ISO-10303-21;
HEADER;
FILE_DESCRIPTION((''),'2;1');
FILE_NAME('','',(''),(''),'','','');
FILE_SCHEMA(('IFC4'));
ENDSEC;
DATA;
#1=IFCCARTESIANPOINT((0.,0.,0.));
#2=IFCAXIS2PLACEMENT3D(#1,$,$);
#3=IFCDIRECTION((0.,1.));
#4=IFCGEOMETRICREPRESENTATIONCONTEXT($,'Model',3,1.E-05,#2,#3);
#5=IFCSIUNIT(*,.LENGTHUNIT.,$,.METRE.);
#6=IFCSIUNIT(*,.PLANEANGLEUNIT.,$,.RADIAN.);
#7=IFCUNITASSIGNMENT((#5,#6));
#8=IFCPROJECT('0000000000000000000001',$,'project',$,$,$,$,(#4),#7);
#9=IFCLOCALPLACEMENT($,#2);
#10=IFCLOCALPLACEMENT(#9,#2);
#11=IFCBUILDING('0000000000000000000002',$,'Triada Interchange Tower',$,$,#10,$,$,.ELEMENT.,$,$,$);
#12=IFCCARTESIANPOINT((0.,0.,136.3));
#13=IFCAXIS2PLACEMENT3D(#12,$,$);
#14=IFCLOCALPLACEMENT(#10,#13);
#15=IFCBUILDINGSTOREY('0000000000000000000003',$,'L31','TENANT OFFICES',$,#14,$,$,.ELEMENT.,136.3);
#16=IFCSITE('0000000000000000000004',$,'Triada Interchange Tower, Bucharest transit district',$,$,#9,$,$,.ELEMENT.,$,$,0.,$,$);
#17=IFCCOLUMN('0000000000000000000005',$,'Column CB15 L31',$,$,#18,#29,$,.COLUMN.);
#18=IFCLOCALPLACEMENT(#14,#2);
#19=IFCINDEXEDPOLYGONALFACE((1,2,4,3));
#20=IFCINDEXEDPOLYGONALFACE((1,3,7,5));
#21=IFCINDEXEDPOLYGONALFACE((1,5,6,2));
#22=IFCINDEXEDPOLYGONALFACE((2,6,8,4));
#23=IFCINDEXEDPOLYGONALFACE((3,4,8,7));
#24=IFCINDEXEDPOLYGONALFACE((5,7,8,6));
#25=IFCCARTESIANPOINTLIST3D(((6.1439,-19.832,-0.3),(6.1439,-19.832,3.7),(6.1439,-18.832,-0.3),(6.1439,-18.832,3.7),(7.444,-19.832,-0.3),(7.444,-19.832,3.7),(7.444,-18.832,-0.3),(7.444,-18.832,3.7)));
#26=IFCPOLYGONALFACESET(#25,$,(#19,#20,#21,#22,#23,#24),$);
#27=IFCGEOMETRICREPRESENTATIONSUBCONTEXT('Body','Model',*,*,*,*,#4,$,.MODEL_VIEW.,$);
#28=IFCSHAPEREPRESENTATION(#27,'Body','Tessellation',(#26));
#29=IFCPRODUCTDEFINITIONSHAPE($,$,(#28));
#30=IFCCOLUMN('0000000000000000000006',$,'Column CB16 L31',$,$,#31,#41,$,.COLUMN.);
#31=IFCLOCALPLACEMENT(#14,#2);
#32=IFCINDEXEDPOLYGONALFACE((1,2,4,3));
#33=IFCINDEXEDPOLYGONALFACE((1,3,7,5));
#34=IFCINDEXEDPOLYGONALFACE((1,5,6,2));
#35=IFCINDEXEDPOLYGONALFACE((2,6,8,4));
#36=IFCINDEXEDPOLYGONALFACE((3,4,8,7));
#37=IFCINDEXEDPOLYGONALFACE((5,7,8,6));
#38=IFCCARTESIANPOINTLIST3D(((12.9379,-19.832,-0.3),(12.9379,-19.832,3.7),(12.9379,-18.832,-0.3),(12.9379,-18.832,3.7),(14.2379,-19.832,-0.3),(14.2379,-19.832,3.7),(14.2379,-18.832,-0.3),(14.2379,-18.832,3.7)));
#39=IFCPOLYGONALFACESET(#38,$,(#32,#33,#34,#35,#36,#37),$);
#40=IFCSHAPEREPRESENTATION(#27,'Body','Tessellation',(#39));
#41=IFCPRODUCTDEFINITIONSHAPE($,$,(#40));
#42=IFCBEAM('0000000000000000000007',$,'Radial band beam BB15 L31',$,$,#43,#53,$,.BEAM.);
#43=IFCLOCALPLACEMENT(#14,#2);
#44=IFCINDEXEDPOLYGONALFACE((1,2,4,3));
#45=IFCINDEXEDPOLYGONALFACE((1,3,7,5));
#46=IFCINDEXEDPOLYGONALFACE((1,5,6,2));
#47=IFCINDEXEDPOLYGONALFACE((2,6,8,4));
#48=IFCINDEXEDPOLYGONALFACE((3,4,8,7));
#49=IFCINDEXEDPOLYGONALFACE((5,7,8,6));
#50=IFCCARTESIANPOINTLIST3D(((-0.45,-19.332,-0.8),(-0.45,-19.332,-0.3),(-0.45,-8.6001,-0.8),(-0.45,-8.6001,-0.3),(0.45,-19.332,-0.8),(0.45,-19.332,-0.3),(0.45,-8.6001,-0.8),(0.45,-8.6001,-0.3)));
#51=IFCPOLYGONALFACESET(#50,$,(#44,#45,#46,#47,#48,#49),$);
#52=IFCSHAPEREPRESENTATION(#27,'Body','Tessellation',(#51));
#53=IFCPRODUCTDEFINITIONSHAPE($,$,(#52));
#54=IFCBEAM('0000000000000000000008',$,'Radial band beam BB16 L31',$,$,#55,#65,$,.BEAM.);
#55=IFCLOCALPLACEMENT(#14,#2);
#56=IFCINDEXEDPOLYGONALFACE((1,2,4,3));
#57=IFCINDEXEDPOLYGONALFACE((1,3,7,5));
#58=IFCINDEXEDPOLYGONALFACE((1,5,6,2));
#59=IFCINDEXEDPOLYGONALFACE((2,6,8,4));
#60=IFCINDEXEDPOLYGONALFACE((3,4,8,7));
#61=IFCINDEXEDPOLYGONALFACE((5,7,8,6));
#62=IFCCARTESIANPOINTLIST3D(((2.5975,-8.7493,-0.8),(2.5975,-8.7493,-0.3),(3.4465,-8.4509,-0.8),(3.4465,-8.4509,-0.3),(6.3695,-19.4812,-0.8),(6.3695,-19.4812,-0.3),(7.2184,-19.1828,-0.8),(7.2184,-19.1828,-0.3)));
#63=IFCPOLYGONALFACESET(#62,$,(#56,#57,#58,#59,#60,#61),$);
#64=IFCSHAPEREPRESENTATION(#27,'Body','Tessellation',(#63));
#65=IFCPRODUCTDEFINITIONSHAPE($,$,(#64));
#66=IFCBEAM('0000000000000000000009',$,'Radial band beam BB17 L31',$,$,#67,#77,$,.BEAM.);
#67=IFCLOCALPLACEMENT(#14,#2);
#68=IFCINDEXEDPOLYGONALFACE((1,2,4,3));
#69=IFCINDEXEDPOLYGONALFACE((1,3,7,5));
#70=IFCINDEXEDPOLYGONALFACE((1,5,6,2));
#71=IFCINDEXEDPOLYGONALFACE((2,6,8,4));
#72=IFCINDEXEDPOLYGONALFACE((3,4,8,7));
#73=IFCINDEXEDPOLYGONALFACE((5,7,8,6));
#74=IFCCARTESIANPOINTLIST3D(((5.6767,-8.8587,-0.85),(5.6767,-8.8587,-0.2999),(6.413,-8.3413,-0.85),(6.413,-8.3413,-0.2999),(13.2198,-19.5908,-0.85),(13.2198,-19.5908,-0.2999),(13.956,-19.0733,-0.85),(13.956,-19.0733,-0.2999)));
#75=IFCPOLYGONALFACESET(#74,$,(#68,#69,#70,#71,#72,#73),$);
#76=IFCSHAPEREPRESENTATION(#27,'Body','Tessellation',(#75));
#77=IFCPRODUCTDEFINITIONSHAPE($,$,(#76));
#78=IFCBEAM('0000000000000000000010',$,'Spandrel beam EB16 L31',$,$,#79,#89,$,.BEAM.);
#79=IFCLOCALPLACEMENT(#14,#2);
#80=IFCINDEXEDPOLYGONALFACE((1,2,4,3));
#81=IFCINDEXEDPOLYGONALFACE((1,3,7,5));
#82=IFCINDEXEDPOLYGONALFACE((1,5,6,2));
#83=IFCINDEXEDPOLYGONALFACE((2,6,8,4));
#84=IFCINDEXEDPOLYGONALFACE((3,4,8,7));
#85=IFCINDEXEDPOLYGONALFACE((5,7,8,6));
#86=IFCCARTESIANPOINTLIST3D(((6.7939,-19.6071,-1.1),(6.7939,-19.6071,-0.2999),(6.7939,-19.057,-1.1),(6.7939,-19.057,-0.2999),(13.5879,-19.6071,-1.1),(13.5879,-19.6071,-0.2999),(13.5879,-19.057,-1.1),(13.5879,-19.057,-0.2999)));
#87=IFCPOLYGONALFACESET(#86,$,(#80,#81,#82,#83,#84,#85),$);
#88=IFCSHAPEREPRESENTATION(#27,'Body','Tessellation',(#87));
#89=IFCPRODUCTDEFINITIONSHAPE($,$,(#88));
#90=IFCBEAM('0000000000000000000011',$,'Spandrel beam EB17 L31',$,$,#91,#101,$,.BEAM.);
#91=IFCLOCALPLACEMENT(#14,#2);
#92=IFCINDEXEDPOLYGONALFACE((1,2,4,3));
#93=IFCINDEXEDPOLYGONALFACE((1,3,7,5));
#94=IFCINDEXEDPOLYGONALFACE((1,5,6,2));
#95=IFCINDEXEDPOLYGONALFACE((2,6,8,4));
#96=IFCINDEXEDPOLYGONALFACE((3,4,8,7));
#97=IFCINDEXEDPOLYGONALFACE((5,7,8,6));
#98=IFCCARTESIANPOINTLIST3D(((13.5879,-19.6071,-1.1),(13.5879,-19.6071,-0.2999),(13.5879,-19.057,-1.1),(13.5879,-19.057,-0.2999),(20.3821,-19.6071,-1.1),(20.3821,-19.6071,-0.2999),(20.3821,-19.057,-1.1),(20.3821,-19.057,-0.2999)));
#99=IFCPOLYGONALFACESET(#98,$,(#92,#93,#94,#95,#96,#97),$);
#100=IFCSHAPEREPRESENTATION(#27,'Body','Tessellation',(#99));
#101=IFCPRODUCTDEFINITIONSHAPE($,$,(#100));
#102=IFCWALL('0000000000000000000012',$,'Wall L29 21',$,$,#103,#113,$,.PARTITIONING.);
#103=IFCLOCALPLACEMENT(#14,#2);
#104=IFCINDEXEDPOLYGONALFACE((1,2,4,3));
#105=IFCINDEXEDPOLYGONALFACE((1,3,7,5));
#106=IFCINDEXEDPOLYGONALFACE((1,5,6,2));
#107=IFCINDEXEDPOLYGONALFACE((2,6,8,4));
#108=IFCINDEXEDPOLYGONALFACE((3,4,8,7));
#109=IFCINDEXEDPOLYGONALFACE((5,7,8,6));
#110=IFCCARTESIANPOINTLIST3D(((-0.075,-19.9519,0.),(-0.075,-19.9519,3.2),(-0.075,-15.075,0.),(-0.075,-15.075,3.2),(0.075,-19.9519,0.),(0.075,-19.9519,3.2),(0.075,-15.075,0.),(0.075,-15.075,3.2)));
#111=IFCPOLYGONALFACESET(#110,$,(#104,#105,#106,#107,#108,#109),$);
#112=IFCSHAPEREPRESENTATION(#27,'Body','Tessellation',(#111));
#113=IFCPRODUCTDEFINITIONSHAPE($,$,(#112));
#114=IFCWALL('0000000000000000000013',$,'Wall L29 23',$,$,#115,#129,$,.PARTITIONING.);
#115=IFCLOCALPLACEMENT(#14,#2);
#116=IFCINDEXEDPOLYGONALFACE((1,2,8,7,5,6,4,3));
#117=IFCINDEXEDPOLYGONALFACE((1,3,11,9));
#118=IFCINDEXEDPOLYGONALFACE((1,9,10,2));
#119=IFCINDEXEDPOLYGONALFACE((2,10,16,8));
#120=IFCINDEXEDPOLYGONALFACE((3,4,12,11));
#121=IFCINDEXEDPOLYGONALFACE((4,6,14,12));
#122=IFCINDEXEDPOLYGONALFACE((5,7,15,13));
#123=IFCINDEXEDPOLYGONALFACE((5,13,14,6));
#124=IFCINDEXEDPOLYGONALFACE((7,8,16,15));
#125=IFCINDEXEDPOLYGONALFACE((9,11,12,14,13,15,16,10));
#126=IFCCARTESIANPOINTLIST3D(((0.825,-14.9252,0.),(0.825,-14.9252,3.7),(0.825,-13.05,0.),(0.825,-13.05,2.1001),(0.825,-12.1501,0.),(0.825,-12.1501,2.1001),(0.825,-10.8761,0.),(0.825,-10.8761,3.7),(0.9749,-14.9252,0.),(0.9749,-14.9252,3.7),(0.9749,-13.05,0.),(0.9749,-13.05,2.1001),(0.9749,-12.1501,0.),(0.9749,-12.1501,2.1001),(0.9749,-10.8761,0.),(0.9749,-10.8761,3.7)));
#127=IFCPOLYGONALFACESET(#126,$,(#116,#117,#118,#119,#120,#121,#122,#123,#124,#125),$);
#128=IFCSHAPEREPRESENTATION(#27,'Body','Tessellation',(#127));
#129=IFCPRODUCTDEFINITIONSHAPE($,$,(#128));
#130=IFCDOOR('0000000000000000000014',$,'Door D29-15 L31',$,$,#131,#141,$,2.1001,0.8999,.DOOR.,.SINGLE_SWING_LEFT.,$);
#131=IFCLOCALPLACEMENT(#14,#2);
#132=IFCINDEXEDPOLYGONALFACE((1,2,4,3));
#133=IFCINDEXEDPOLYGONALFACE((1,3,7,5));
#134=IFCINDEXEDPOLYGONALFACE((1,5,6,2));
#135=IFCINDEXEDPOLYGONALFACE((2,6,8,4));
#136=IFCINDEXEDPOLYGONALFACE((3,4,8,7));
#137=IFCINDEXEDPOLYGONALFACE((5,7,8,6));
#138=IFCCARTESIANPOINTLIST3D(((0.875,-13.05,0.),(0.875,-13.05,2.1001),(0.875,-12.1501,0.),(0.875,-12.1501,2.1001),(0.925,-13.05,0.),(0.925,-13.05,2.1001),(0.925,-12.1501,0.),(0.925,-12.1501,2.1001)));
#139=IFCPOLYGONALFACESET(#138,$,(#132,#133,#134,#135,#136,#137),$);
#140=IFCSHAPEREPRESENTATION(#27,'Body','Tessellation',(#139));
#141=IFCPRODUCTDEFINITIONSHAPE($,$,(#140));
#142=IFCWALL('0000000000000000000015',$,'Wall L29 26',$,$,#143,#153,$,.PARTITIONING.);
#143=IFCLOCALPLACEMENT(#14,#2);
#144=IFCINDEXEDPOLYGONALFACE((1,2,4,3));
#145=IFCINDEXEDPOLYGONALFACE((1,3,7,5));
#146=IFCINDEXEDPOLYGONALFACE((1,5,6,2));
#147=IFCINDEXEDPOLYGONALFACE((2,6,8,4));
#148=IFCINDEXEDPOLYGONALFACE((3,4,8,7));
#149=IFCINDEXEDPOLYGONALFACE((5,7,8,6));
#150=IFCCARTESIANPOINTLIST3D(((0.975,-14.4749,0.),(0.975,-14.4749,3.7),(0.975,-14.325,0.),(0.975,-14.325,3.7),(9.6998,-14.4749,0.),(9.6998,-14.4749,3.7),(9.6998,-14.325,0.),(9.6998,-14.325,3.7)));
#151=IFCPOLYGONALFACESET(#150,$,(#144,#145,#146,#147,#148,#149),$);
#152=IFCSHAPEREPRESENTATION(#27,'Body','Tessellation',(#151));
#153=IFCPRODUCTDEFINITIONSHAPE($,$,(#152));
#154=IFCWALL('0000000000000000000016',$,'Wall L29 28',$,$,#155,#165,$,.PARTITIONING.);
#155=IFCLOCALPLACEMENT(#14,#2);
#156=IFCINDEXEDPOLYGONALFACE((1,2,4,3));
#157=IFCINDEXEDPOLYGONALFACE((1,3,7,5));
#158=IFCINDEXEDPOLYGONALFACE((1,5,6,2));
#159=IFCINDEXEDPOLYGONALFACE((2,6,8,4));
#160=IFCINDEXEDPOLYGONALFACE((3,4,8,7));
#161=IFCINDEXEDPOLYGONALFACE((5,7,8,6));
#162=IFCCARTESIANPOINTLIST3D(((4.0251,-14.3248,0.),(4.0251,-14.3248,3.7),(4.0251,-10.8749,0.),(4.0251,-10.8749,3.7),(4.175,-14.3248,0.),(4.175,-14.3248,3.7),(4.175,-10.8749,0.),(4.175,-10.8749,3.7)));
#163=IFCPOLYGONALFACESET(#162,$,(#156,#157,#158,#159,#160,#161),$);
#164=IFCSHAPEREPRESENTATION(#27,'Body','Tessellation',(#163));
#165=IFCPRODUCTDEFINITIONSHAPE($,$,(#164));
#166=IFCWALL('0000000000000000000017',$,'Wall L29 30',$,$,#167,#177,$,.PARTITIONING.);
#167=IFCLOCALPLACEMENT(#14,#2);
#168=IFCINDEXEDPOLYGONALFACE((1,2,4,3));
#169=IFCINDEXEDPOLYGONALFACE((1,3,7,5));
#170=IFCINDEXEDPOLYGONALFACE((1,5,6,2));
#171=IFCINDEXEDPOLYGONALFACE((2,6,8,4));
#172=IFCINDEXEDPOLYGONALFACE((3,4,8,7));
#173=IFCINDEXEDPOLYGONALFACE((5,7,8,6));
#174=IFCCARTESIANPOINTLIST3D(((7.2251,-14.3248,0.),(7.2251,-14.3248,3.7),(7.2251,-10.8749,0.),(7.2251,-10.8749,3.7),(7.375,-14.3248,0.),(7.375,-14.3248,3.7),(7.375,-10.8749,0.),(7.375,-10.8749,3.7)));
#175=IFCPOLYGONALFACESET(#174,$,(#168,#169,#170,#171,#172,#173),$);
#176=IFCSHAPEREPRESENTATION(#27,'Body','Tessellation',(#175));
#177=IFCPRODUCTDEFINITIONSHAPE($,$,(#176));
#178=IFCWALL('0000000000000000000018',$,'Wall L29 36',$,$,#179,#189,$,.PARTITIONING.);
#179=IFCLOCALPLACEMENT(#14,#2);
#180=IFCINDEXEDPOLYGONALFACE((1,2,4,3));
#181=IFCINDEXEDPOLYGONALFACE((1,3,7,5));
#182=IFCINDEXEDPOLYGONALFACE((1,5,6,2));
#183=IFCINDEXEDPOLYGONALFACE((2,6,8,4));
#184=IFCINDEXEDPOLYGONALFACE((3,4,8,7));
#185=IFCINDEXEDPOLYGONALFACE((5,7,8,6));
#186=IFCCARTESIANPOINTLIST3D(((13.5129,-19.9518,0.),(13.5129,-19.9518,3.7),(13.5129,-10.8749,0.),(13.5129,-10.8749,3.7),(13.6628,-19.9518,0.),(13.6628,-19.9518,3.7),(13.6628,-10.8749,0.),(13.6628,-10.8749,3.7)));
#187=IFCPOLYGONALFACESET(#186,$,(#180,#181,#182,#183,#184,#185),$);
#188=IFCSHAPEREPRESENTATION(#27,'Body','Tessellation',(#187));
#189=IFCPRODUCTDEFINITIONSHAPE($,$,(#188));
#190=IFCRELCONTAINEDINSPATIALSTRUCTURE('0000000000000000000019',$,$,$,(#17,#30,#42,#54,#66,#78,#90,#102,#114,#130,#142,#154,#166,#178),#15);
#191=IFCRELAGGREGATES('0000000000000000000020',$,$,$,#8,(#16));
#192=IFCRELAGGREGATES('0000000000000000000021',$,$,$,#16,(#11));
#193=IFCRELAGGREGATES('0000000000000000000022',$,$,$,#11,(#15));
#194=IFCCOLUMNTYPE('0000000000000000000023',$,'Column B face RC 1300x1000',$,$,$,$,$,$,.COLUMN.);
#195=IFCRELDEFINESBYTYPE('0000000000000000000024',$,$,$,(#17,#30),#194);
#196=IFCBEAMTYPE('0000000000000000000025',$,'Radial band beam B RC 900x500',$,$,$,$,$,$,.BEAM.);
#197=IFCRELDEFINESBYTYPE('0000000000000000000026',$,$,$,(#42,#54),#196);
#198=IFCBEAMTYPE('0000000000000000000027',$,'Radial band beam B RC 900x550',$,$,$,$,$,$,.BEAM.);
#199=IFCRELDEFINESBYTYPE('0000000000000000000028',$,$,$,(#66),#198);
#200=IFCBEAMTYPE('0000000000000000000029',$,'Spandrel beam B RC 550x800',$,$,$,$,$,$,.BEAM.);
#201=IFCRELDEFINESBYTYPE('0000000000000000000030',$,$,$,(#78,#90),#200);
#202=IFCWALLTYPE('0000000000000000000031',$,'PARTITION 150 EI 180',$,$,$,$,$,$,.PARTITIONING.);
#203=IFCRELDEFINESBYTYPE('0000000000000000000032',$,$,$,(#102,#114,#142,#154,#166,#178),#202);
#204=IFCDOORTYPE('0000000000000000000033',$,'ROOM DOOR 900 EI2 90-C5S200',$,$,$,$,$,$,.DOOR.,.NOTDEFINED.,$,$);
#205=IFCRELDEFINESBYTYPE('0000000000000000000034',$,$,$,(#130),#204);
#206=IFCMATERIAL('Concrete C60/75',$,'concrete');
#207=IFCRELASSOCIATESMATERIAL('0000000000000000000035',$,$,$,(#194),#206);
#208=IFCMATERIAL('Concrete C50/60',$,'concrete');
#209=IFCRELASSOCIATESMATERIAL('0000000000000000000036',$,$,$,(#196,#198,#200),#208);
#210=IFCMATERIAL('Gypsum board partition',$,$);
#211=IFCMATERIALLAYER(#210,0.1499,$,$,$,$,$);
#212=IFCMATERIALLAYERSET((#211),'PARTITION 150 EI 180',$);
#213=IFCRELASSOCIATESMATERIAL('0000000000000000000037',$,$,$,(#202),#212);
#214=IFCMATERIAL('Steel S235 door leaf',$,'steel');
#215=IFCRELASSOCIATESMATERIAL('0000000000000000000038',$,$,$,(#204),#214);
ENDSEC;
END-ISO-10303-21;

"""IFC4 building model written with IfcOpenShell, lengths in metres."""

from ifc_helpers import new_model, si_unit, direction, frame, frame_2d, origin, origin_2d, place, context, subcontext, project, spatial, rectangle, extrude, material, layer, layer_set, material_profile, profile_set, type_object, element, fill, save


model = new_model("IFC4")

# Units and contexts
model_context = context("Model", 3, precision=1e-05, world=origin(), true_north=direction((0.0, 1.0)))
body_context = subcontext(model_context, "Body", "Model", "MODEL_VIEW")
ifc_project = project(units=[si_unit("LENGTHUNIT", "METRE"), si_unit("PLANEANGLEUNIT", "RADIAN")], contexts=[model_context])

# Site, building, storey
site_placement = place(None, origin())
site = spatial("IfcSite", under=ifc_project, at=site_placement, Name="Triada Interchange Tower, Bucharest transit district", CompositionType="ELEMENT", RefElevation=0.0)
building_placement = place(site_placement, origin())
building = spatial("IfcBuilding", under=site, at=building_placement, Name="Triada Interchange Tower", CompositionType="ELEMENT")
storey_placement = place(building_placement, frame((0.0, 0.0, 136.3)))
storey = spatial("IfcBuildingStorey", under=building, at=storey_placement, Name="L31", Description="TENANT OFFICES", CompositionType="ELEMENT", Elevation=136.3)

# Columns
ifc_material_1 = material(Name="Concrete C60/75", Category="concrete")
ifc_material_profile_1 = material_profile(ifc_material_1, rectangle(XDim=1.3, YDim=1.0, at=origin_2d()), Name="RC 1300x1000")
ifc_profile_set_1 = profile_set([ifc_material_profile_1], Name="Concrete C60/75")
column_type = type_object("IfcColumnType", Name="Column B face RC 1300x1000", PredefinedType="COLUMN", material=ifc_profile_set_1)
for number, where, z_axis, x_axis, name in (
    (1, (6.7939, -19.332, -0.3), (0.0, 0.0, 1.0), (1.0, 0.0, 0.0), "Column CB15 L31"),
    (2, (13.5879, -19.332, -0.3), (0.0, 0.0, 1.0), (1.0, 0.0, 0.0), "Column CB16 L31"),
):
    element("IfcColumn", number, at=place(storey_placement, frame(where, z_axis=z_axis, x_axis=x_axis)), inside=storey, type_object=column_type, Name=name, PredefinedType="COLUMN", context=body_context, shape_type="SweptSolid", body=[
        extrude(rectangle(XDim=1.3, YDim=1.0, at=origin_2d()), origin(), (0.0, 0.0, 1.0), 4.0),
    ])

# Beams
ifc_material_2 = material(Name="Concrete C50/60", Category="concrete")
ifc_material_profile_2 = material_profile(ifc_material_2, rectangle(XDim=0.8999, YDim=0.5, at=origin_2d()), Name="RC 900x500")
ifc_profile_set_2 = profile_set([ifc_material_profile_2], Name="Concrete C50/60")
beam_type_1 = type_object("IfcBeamType", Name="Radial band beam B RC 900x500", PredefinedType="BEAM", material=ifc_profile_set_2)
beam_1_placement = place(storey_placement, frame((0.0, -19.332, -0.55), z_axis=(0.0, 1.0, 0.0), x_axis=(-1.0, 0.0, 0.0)))
element("IfcBeam", 3, at=beam_1_placement, inside=storey, type_object=beam_type_1, Name="Radial band beam BB15 L31", PredefinedType="BEAM", context=body_context, shape_type="SweptSolid", body=[
    extrude(rectangle(XDim=0.8999, YDim=0.5, at=origin_2d()), origin(), (0.0, 0.0, 1.0), 10.7319),
])
beam_2_placement = place(storey_placement, frame((6.7939, -19.332, -0.55), z_axis=(-0.331587, 0.943425, 0.0), x_axis=(-0.943425, -0.331587, 0.0)))
element("IfcBeam", 4, at=beam_2_placement, inside=storey, type_object=beam_type_1, Name="Radial band beam BB16 L31", PredefinedType="BEAM", context=body_context, shape_type="SweptSolid", body=[
    extrude(rectangle(XDim=0.8999, YDim=0.5, at=origin_2d()), origin(), (0.0, 0.0, 1.0), 11.3755),
])
ifc_material_profile_3 = material_profile(ifc_material_2, rectangle(XDim=0.8999, YDim=0.55, at=origin_2d()), Name="RC 900x550")
ifc_profile_set_3 = profile_set([ifc_material_profile_3], Name="Concrete C50/60")
beam_type_2 = type_object("IfcBeamType", Name="Radial band beam B RC 900x550", PredefinedType="BEAM", material=ifc_profile_set_3)
beam_3_placement = place(storey_placement, frame((13.5879, -19.332, -0.575), z_axis=(-0.575028, 0.818134, 0.0), x_axis=(-0.818134, -0.575028, 0.0)))
element("IfcBeam", 5, at=beam_3_placement, inside=storey, type_object=beam_type_2, Name="Radial band beam BB17 L31", PredefinedType="BEAM", context=body_context, shape_type="SweptSolid", body=[
    extrude(rectangle(XDim=0.8999, YDim=0.55, at=origin_2d()), origin(), (0.0, 0.0, 1.0), 13.1177),
])
ifc_material_profile_4 = material_profile(ifc_material_2, rectangle(XDim=0.55, YDim=0.8, at=origin_2d()), Name="RC 550x800")
ifc_profile_set_4 = profile_set([ifc_material_profile_4], Name="Concrete C50/60")
beam_type_3 = type_object("IfcBeamType", Name="Spandrel beam B RC 550x800", PredefinedType="BEAM", material=ifc_profile_set_4)
beam_4_placement = place(storey_placement, frame((6.7939, -19.332, -0.7), z_axis=(1.0, 0.0, 0.0), x_axis=(0.0, 1.0, 0.0)))
element("IfcBeam", 6, at=beam_4_placement, inside=storey, type_object=beam_type_3, Name="Spandrel beam EB16 L31", PredefinedType="BEAM", context=body_context, shape_type="SweptSolid", body=[
    extrude(rectangle(XDim=0.55, YDim=0.8, at=origin_2d()), origin(), (0.0, 0.0, 1.0), 6.7939),
])
beam_5_placement = place(storey_placement, frame((13.5879, -19.332, -0.7), z_axis=(1.0, 0.0, 0.0), x_axis=(0.0, 1.0, 0.0)))
element("IfcBeam", 7, at=beam_5_placement, inside=storey, type_object=beam_type_3, Name="Spandrel beam EB17 L31", PredefinedType="BEAM", context=body_context, shape_type="SweptSolid", body=[
    extrude(rectangle(XDim=0.55, YDim=0.8, at=origin_2d()), origin(), (0.0, 0.0, 1.0), 6.7942),
])

# Wall
ifc_material_3 = material(Name="Gypsum board partition")
ifc_layer_1 = layer(ifc_material_3, 0.1499)
ifc_layer_set_1 = layer_set([ifc_layer_1], Name="PARTITION 150 EI 180")
wall_type = type_object("IfcWallType", Name="PARTITION 150 EI 180", PredefinedType="PARTITIONING", material=ifc_layer_set_1)
wall_1_placement = place(storey_placement, frame((0.0, -19.9519, 0.0), z_axis=(0.0, 0.0, 1.0), x_axis=(0.0, 1.0, 0.0)))
element("IfcWall", 8, at=wall_1_placement, inside=storey, type_object=wall_type, Name="Wall L29 21", PredefinedType="PARTITIONING", context=body_context, shape_type="SweptSolid", body=[
    extrude(rectangle(XDim=4.877, YDim=0.1499, at=frame_2d((2.4385, 0.0))), origin(), (0.0, 0.0, 1.0), 3.2),
])

# Wall, opening, door
wall_2_placement = place(storey_placement, frame((0.8999, -14.925, 0.0), z_axis=(0.0, 0.0, 1.0), x_axis=(0.0, 1.0, 0.0)))
wall_2 = element("IfcWall", 9, at=wall_2_placement, inside=storey, type_object=wall_type, Name="Wall L29 23", PredefinedType="PARTITIONING", context=body_context, shape_type="SweptSolid", body=[
    extrude(rectangle(XDim=4.0491, YDim=0.1499, at=frame_2d((2.0244, 0.0))), origin(), (0.0, 0.0, 1.0), 3.7),
])
opening_placement = place(wall_2_placement, frame((1.875, 0.0, 0.0)))
opening = element("IfcOpeningElement", 10, at=opening_placement, cuts=wall_2, PredefinedType="OPENING", context=body_context, shape_type="SweptSolid", body=[
    extrude(rectangle(XDim=0.8999, YDim=2.1001, at=frame_2d((0.45, 1.05))), frame((0.0, 0.085, 0.0), z_axis=(0.0, -1.0, 0.0), x_axis=(1.0, 0.0, 0.0)), (0.0, 0.0, 1.0), 0.1699),
])
ifc_material_4 = material(Name="Steel S235 door leaf", Category="steel")
door_type = type_object("IfcDoorType", Name="ROOM DOOR 900 EI2 90-C5S200", OperationType="NOTDEFINED", PredefinedType="DOOR", material=ifc_material_4)
door_placement = place(opening_placement, origin())
door = element("IfcDoor", 11, at=door_placement, inside=storey, type_object=door_type, Name="Door D29-15 L31", OperationType="SINGLE_SWING_LEFT", OverallHeight=2.1001, OverallWidth=0.8999, PredefinedType="DOOR", context=body_context, shape_type="SweptSolid", body=[
    extrude(rectangle(XDim=0.8999, YDim=2.1001, at=frame_2d((0.45, 1.05))), frame((0.0, 0.0249, 0.0), z_axis=(0.0, -1.0, 0.0), x_axis=(1.0, 0.0, 0.0)), (0.0, 0.0, 1.0), 0.05),
])
fill(opening, door)

# Walls
wall_3_placement = place(storey_placement, frame((0.9751, -14.3999, 0.0), z_axis=(0.0, 0.0, 1.0), x_axis=(1.0, 0.0, 0.0)))
element("IfcWall", 12, at=wall_3_placement, inside=storey, type_object=wall_type, Name="Wall L29 26", PredefinedType="PARTITIONING", context=body_context, shape_type="SweptSolid", body=[
    extrude(rectangle(XDim=8.7249, YDim=0.1499, at=frame_2d((4.3623, 0.0))), origin(), (0.0, 0.0, 1.0), 3.7),
])
for number, where, z_axis, x_axis, name in (
    (13, (4.1001, -14.325, 0.0), (0.0, 0.0, 1.0), (0.0, 1.0, 0.0), "Wall L29 28"),
    (14, (7.3, -14.325, 0.0), (0.0, 0.0, 1.0), (0.0, 1.0, 0.0), "Wall L29 30"),
):
    element("IfcWall", number, at=place(storey_placement, frame(where, z_axis=z_axis, x_axis=x_axis)), inside=storey, type_object=wall_type, Name=name, PredefinedType="PARTITIONING", context=body_context, shape_type="SweptSolid", body=[
        extrude(rectangle(XDim=3.45, YDim=0.1499, at=frame_2d((1.7251, 0.0))), origin(), (0.0, 0.0, 1.0), 3.7),
    ])
wall_4_placement = place(storey_placement, frame((13.5879, -19.9519, 0.0), z_axis=(0.0, 0.0, 1.0), x_axis=(0.0, 1.0, 0.0)))
element("IfcWall", 15, at=wall_4_placement, inside=storey, type_object=wall_type, Name="Wall L29 36", PredefinedType="PARTITIONING", context=body_context, shape_type="SweptSolid", body=[
    extrude(rectangle(XDim=9.0769, YDim=0.1499, at=frame_2d((4.5386, 0.0))), origin(), (0.0, 0.0, 1.0), 3.7),
])

save(model, "model.ifc")
